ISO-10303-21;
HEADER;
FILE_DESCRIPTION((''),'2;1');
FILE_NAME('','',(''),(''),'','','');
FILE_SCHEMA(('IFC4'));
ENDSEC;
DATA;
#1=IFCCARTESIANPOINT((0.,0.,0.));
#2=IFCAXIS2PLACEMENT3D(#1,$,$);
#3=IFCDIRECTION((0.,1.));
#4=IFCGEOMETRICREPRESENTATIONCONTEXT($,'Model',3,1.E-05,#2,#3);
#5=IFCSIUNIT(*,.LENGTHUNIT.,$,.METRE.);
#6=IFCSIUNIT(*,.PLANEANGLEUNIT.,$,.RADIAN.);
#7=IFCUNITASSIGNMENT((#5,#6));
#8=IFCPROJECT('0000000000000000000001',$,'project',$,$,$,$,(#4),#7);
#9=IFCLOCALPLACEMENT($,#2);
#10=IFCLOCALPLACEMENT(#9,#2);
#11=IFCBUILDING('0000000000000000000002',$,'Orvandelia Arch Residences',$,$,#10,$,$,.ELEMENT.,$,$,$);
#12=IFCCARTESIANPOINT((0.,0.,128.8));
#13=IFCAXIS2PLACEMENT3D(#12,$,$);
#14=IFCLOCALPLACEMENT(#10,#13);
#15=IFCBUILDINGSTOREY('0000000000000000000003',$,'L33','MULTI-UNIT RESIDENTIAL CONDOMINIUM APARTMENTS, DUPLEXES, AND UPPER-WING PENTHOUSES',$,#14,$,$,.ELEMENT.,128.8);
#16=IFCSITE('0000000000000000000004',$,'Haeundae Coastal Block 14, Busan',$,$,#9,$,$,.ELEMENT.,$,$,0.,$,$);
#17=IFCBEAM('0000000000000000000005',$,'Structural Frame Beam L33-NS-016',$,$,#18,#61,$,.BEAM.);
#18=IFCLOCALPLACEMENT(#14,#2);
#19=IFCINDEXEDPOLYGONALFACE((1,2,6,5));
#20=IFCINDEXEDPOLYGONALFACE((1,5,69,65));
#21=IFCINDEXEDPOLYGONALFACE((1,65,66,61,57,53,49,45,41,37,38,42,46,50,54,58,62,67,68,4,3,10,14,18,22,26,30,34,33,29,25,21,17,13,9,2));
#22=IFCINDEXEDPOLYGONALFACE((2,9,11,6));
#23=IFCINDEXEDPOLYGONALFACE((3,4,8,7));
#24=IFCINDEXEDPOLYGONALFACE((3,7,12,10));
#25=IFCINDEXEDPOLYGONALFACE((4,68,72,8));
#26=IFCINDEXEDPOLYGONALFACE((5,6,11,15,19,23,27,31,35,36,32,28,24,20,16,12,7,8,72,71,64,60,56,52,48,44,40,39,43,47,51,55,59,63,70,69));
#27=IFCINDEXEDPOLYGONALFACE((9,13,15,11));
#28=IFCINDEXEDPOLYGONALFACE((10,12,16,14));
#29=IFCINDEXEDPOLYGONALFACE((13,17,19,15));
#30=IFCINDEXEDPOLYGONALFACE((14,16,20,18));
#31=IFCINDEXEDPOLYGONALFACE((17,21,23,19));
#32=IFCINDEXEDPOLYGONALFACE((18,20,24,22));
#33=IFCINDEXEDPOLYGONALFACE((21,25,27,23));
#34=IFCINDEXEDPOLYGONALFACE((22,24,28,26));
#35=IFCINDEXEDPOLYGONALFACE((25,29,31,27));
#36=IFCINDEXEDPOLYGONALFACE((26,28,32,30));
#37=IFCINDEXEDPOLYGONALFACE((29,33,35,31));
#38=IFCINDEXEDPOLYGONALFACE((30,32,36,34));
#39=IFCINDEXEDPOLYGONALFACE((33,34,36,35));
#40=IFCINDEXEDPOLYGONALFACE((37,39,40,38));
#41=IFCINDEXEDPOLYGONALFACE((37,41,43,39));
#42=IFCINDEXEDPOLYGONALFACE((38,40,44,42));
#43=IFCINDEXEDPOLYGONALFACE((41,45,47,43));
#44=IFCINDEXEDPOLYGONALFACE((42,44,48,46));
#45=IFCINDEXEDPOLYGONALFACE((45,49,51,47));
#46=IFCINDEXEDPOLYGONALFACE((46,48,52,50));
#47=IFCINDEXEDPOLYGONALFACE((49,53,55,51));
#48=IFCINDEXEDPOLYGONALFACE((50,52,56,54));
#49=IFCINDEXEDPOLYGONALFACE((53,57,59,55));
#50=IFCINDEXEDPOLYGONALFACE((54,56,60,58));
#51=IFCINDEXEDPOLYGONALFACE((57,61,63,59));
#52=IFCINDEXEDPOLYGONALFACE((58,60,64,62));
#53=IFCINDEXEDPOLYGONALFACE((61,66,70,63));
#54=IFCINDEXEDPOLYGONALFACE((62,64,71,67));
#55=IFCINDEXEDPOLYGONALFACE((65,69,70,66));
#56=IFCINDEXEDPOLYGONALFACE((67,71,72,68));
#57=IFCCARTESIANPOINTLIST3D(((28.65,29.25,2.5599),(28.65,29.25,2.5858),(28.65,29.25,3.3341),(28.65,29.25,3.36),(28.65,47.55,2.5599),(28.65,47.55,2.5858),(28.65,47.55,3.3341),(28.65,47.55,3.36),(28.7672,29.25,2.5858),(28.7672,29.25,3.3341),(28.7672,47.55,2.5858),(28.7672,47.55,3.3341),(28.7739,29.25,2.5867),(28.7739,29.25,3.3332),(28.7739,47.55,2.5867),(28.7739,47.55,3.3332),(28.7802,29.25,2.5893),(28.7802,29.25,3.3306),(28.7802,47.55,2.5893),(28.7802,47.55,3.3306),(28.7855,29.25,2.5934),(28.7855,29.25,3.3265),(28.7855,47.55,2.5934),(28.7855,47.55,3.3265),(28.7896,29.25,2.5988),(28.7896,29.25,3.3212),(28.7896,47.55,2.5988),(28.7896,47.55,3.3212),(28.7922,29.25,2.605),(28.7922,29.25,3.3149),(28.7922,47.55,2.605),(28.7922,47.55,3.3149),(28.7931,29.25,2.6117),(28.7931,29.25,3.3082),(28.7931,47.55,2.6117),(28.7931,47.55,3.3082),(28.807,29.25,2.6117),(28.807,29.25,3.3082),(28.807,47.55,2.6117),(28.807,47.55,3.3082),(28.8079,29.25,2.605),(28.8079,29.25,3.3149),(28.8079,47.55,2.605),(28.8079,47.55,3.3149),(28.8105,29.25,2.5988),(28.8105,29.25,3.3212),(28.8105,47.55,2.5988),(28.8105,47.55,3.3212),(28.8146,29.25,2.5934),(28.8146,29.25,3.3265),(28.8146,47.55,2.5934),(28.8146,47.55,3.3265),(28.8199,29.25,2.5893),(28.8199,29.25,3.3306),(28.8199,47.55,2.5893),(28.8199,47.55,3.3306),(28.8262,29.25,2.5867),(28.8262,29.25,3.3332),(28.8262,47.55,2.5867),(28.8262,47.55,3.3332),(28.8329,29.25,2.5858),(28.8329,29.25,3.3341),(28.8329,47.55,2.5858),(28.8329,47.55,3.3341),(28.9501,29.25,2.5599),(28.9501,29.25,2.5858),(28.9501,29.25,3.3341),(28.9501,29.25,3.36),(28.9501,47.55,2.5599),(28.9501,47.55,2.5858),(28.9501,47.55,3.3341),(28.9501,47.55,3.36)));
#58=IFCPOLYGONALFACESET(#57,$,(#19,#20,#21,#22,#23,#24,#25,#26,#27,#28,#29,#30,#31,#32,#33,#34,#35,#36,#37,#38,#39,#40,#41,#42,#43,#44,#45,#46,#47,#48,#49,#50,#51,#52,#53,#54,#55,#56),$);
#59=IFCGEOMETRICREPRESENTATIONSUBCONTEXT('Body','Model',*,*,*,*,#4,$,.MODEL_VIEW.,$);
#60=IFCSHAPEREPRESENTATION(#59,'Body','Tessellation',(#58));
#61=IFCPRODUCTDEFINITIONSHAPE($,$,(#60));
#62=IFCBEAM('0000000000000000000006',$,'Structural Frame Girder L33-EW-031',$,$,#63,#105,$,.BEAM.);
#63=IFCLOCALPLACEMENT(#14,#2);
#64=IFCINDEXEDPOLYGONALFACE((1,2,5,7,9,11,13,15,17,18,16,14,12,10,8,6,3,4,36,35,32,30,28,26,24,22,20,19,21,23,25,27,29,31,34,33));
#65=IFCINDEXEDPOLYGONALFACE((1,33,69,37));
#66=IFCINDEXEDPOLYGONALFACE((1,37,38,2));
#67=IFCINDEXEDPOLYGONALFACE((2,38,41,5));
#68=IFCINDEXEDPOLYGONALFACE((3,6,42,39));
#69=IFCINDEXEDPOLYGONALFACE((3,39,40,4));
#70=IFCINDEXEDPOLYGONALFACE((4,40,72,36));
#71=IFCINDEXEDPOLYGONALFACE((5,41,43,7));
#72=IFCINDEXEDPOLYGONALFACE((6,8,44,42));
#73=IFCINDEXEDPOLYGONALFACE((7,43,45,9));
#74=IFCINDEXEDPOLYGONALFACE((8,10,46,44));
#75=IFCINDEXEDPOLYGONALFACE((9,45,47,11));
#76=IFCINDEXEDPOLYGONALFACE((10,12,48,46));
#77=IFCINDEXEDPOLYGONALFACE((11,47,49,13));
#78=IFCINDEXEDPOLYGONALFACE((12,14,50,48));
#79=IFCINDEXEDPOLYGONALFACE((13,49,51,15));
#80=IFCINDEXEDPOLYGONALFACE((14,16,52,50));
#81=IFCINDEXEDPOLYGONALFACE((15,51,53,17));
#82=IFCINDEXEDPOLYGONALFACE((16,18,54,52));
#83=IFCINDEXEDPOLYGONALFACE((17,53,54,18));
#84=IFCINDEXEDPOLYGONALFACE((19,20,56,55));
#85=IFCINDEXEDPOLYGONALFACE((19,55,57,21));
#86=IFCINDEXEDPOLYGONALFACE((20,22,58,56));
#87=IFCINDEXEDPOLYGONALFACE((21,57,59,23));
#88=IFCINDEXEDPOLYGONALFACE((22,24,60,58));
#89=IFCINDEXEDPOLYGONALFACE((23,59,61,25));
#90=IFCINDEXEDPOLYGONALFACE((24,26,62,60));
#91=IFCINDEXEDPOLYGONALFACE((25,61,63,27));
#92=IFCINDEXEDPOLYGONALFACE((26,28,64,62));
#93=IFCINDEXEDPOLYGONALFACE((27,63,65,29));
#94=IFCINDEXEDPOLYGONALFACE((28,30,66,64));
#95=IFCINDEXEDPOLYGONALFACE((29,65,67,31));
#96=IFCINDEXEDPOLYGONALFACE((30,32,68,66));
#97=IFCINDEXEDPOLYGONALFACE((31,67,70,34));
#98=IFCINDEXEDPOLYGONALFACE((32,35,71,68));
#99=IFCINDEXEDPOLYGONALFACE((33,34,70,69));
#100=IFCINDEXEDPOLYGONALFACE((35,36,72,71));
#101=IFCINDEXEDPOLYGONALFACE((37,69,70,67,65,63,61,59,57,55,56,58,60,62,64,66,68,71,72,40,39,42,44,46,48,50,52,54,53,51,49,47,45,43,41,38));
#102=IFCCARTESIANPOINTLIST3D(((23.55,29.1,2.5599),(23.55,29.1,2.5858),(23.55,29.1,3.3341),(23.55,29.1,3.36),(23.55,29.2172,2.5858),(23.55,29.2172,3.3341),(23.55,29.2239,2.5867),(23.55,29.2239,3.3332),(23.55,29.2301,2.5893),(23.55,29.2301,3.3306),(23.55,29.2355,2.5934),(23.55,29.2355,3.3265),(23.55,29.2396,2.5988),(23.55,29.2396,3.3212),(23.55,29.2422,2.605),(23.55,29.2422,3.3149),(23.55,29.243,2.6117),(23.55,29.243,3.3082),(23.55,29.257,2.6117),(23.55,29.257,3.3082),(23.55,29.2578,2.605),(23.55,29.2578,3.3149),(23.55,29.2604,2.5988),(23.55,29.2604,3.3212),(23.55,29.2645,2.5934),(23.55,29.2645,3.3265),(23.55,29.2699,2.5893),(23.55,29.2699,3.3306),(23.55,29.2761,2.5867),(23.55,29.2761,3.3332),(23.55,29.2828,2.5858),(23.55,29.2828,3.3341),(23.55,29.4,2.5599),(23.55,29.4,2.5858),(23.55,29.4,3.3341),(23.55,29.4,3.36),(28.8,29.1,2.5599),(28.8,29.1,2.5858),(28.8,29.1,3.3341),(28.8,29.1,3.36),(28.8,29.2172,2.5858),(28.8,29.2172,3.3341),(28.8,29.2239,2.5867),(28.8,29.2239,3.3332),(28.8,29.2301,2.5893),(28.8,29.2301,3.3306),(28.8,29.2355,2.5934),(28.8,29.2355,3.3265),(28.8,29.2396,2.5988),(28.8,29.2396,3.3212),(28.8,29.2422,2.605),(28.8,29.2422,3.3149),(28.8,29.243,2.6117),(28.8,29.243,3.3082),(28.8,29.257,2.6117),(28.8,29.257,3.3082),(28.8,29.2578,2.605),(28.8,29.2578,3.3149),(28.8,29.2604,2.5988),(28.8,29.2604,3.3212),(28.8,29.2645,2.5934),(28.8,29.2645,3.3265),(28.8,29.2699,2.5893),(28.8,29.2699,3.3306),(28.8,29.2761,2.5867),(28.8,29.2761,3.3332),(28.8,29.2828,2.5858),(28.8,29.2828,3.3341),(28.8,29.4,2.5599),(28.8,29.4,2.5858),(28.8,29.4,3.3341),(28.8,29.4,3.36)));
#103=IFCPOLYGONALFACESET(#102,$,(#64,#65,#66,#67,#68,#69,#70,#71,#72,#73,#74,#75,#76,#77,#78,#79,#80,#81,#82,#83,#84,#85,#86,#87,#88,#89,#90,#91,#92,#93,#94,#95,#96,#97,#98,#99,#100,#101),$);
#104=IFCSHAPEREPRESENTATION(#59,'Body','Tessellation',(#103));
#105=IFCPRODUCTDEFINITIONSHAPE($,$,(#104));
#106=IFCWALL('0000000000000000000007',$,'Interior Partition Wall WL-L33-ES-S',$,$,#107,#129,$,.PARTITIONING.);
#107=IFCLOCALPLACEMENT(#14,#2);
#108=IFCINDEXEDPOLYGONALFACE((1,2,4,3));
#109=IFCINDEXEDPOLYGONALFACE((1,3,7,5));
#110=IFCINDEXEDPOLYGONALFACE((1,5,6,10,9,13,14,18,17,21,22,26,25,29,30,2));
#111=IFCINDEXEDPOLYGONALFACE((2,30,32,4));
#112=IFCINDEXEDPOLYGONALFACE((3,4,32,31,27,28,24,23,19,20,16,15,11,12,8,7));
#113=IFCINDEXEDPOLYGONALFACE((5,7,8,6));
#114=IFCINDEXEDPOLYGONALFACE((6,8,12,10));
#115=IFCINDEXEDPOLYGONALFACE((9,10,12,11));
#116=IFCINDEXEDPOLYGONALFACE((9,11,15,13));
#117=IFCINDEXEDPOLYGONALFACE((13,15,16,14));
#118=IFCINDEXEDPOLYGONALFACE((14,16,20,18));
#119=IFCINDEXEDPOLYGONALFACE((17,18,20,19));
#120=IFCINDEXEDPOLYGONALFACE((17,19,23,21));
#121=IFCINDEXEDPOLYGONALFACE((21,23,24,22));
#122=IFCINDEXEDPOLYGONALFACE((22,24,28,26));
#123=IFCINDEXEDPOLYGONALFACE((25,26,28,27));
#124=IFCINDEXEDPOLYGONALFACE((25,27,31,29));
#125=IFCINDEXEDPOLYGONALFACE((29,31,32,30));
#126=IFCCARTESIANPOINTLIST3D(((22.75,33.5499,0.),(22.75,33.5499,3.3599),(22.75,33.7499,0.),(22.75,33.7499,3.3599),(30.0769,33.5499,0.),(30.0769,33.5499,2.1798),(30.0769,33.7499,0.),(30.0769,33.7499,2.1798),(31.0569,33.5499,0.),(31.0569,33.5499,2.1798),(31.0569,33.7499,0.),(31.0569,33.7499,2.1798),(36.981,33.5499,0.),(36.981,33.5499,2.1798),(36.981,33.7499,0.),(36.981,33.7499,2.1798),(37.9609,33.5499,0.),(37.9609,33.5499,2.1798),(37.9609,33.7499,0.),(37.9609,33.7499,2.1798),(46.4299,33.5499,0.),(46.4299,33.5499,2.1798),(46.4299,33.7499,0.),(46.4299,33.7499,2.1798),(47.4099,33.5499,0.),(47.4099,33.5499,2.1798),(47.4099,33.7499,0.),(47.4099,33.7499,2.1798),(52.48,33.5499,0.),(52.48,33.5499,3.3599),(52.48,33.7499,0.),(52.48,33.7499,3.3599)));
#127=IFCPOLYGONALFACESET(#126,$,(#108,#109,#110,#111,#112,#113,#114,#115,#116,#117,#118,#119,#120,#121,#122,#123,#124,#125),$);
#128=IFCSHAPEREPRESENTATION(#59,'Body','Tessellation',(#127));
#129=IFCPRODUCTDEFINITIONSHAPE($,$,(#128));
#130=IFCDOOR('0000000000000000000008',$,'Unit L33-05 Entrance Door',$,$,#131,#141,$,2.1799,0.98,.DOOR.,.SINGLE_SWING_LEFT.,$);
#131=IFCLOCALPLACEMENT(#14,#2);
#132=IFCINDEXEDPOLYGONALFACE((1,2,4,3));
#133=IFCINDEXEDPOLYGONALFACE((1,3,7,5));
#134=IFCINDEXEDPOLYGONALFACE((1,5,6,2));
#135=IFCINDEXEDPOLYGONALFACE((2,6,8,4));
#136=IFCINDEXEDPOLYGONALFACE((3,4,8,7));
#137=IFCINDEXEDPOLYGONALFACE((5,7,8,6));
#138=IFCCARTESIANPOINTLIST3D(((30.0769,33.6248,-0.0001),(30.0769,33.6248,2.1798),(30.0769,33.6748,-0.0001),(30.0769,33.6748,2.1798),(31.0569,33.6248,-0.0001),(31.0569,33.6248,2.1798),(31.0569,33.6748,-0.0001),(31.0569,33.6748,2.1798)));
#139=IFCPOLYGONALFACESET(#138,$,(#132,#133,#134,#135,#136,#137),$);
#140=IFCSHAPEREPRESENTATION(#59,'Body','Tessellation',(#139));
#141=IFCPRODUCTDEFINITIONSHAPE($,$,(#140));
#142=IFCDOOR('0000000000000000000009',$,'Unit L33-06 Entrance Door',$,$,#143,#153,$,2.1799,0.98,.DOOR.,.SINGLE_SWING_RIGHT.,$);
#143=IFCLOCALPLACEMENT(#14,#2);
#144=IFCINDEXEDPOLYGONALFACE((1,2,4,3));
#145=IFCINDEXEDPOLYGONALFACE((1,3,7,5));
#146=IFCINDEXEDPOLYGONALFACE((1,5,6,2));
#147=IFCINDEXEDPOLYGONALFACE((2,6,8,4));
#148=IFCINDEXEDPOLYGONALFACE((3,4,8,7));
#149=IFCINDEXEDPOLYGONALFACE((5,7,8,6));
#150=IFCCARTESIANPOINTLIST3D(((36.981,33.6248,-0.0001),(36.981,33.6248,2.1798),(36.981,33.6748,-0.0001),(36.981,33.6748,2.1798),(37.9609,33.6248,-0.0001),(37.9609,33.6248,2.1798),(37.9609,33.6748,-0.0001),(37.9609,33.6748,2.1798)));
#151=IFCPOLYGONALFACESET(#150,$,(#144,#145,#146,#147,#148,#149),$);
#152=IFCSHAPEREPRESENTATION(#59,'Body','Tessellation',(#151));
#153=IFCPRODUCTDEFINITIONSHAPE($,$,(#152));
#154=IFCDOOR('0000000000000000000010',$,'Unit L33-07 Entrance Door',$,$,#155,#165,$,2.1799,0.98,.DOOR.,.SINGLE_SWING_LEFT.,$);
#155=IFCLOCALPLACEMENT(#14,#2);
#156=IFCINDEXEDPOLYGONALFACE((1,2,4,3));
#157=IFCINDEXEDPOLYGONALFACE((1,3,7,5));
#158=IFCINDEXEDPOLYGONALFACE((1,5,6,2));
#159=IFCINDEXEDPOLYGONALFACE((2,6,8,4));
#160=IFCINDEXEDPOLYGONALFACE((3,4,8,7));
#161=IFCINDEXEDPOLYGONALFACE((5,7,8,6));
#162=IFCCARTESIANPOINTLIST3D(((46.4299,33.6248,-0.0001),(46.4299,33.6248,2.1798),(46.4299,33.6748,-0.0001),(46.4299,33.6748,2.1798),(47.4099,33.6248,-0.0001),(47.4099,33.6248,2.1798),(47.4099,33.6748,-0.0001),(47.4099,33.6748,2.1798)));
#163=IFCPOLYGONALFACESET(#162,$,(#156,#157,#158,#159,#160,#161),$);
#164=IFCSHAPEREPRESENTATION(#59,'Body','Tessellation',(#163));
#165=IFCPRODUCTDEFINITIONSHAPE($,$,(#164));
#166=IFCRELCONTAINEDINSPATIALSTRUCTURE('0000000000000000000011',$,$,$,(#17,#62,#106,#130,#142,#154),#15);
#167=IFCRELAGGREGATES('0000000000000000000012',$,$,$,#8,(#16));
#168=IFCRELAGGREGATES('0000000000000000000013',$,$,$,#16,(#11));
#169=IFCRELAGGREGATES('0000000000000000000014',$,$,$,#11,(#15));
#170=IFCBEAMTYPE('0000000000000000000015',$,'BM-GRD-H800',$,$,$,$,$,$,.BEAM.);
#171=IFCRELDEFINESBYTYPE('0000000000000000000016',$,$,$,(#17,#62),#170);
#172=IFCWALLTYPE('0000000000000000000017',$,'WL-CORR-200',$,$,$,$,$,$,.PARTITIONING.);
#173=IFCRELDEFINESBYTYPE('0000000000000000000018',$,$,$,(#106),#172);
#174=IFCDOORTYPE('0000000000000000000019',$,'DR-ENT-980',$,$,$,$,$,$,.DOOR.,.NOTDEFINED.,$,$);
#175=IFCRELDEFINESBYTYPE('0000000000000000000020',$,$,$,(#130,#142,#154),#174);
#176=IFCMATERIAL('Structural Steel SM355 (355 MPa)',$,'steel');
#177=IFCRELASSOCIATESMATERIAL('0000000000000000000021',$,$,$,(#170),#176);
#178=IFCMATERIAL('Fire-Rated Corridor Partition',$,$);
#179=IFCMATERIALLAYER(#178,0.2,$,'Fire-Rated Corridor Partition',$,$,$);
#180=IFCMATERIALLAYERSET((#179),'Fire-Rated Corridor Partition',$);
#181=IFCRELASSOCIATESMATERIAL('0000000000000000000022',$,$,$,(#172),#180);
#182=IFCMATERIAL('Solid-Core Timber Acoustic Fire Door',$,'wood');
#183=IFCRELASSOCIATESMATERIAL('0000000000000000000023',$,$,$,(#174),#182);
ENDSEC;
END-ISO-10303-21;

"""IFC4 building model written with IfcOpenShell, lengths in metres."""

from ifc_helpers import new_model, si_unit, direction, frame, frame_2d, origin, origin_2d, place, context, subcontext, project, spatial, rectangle, i_section, extrude, material, layer, layer_set, material_profile, profile_set, type_object, element, fill, save


model = new_model("IFC4")

# Units and contexts
model_context = context("Model", 3, precision=1e-05, world=origin(), true_north=direction((0.0, 1.0)))
body_context = subcontext(model_context, "Body", "Model", "MODEL_VIEW")
ifc_project = project(units=[si_unit("LENGTHUNIT", "METRE"), si_unit("PLANEANGLEUNIT", "RADIAN")], contexts=[model_context])

# Site, building, storey
site_placement = place(None, origin())
site = spatial("IfcSite", under=ifc_project, at=site_placement, Name="Haeundae Coastal Block 14, Busan", CompositionType="ELEMENT", RefElevation=0.0)
building_placement = place(site_placement, origin())
building = spatial("IfcBuilding", under=site, at=building_placement, Name="Orvandelia Arch Residences", CompositionType="ELEMENT")
storey_placement = place(building_placement, frame((0.0, 0.0, 128.8)))
storey = spatial("IfcBuildingStorey", under=building, at=storey_placement, Name="L33", Description="MULTI-UNIT RESIDENTIAL CONDOMINIUM APARTMENTS, DUPLEXES, AND UPPER-WING PENTHOUSES", CompositionType="ELEMENT", Elevation=128.8)

# Beams
ifc_material_1 = material(Name="Structural Steel SM355 (355 MPa)", Category="steel")
ifc_material_profile_1 = material_profile(ifc_material_1, i_section(OverallWidth=0.3, OverallDepth=0.8, WebThickness=0.0139, FlangeThickness=0.0259, FilletRadius=0.0259, at=origin_2d()), Name="Structural Steel SM355 (355 MPa)", Category="steel")
ifc_profile_set_1 = profile_set([ifc_material_profile_1], Name="Structural Steel SM355 (355 MPa)")
beam_type = type_object("IfcBeamType", Name="BM-GRD-H800", PredefinedType="BEAM", material=ifc_profile_set_1)
beam_1_placement = place(storey_placement, frame((28.8, 29.25, 2.96), z_axis=(0.0, 1.0, 0.0), x_axis=(-1.0, 0.0, 0.0)))
element("IfcBeam", 1, at=beam_1_placement, inside=storey, type_object=beam_type, Name="Structural Frame Beam L33-NS-016", PredefinedType="BEAM", context=body_context, shape_type="SweptSolid", body=[
    extrude(i_section(OverallWidth=0.3, OverallDepth=0.8, WebThickness=0.0139, FlangeThickness=0.0259, FilletRadius=0.0259, at=origin_2d()), origin(), (0.0, 0.0, 1.0), 18.3),
])
beam_2_placement = place(storey_placement, frame((23.55, 29.25, 2.96), z_axis=(1.0, 0.0, 0.0), x_axis=(0.0, 1.0, 0.0)))
element("IfcBeam", 2, at=beam_2_placement, inside=storey, type_object=beam_type, Name="Structural Frame Girder L33-EW-031", PredefinedType="BEAM", context=body_context, shape_type="SweptSolid", body=[
    extrude(i_section(OverallWidth=0.3, OverallDepth=0.8, WebThickness=0.0139, FlangeThickness=0.0259, FilletRadius=0.0259, at=origin_2d()), origin(), (0.0, 0.0, 1.0), 5.25),
])

# Wall, openings, doors
ifc_material_2 = material(Name="Fire-Rated Corridor Partition")
ifc_layer_1 = layer(ifc_material_2, 0.2, Name="Fire-Rated Corridor Partition")
ifc_layer_set_1 = layer_set([ifc_layer_1], Name="Fire-Rated Corridor Partition")
wall_type_1 = type_object("IfcWallType", Name="WL-CORR-200", PredefinedType="PARTITIONING", material=ifc_layer_set_1)
wall_1_placement = place(storey_placement, frame((22.75, 33.6499, 0.0), z_axis=(0.0, 0.0, 1.0), x_axis=(1.0, 0.0, 0.0)))
wall_1 = element("IfcWall", 3, at=wall_1_placement, inside=storey, type_object=wall_type_1, Name="Interior Partition Wall WL-L33-ES-S", PredefinedType="PARTITIONING", context=body_context, shape_type="SweptSolid", body=[
    extrude(rectangle(XDim=29.73, YDim=0.2, at=frame_2d((14.865, 0.0))), origin(), (0.0, 0.0, 1.0), 3.3599),
])
opening_1_placement = place(wall_1_placement, frame((7.3269, 0.0, 0.0)))
opening_1 = element("IfcOpeningElement", 4, at=opening_1_placement, cuts=wall_1, PredefinedType="OPENING", context=body_context, shape_type="SweptSolid", body=[
    extrude(rectangle(XDim=0.98, YDim=2.1799, at=frame_2d((0.49, 1.0898))), frame((0.0, 0.1099, 0.0), z_axis=(0.0, -1.0, 0.0), x_axis=(1.0, 0.0, 0.0)), (0.0, 0.0, 1.0), 0.22),
])
opening_2_placement = place(wall_1_placement, frame((14.231, 0.0, 0.0)))
opening_2 = element("IfcOpeningElement", 5, at=opening_2_placement, cuts=wall_1, PredefinedType="OPENING", context=body_context, shape_type="SweptSolid", body=[
    extrude(rectangle(XDim=0.98, YDim=2.1799, at=frame_2d((0.49, 1.0898))), frame((0.0, 0.1099, 0.0), z_axis=(0.0, -1.0, 0.0), x_axis=(1.0, 0.0, 0.0)), (0.0, 0.0, 1.0), 0.22),
])
opening_3_placement = place(wall_1_placement, frame((23.6799, 0.0, 0.0)))
opening_3 = element("IfcOpeningElement", 6, at=opening_3_placement, cuts=wall_1, PredefinedType="OPENING", context=body_context, shape_type="SweptSolid", body=[
    extrude(rectangle(XDim=0.98, YDim=2.1799, at=frame_2d((0.49, 1.0898))), frame((0.0, 0.1099, 0.0), z_axis=(0.0, -1.0, 0.0), x_axis=(1.0, 0.0, 0.0)), (0.0, 0.0, 1.0), 0.22),
])
ifc_material_3 = material(Name="Solid-Core Timber Acoustic Fire Door", Category="wood")
door_type_1 = type_object("IfcDoorType", Name="DR-ENT-980", OperationType="NOTDEFINED", PredefinedType="DOOR", material=ifc_material_3)
door_1_placement = place(opening_1_placement, origin())
door_1 = element("IfcDoor", 7, at=door_1_placement, inside=storey, type_object=door_type_1, Name="Unit L33-05 Entrance Door", OperationType="SINGLE_SWING_LEFT", OverallHeight=2.1799, OverallWidth=0.98, PredefinedType="DOOR", context=body_context, shape_type="SweptSolid", body=[
    extrude(rectangle(XDim=0.98, YDim=2.1799, at=frame_2d((0.49, 1.0898))), frame((0.0, 0.0249, 0.0), z_axis=(0.0, -1.0, 0.0), x_axis=(1.0, 0.0, 0.0)), (0.0, 0.0, 1.0), 0.05),
])
fill(opening_1, door_1)
door_2_placement = place(opening_2_placement, origin())
door_2 = element("IfcDoor", 8, at=door_2_placement, inside=storey, type_object=door_type_1, Name="Unit L33-06 Entrance Door", OperationType="SINGLE_SWING_RIGHT", OverallHeight=2.1799, OverallWidth=0.98, PredefinedType="DOOR", context=body_context, shape_type="SweptSolid", body=[
    extrude(rectangle(XDim=0.98, YDim=2.1799, at=frame_2d((0.49, 1.0898))), frame((0.0, 0.0249, 0.0), z_axis=(0.0, -1.0, 0.0), x_axis=(1.0, 0.0, 0.0)), (0.0, 0.0, 1.0), 0.05),
])
fill(opening_2, door_2)
door_3_placement = place(opening_3_placement, origin())
door_3 = element("IfcDoor", 9, at=door_3_placement, inside=storey, type_object=door_type_1, Name="Unit L33-07 Entrance Door", OperationType="SINGLE_SWING_LEFT", OverallHeight=2.1799, OverallWidth=0.98, PredefinedType="DOOR", context=body_context, shape_type="SweptSolid", body=[
    extrude(rectangle(XDim=0.98, YDim=2.1799, at=frame_2d((0.49, 1.0898))), frame((0.0, 0.0249, 0.0), z_axis=(0.0, -1.0, 0.0), x_axis=(1.0, 0.0, 0.0)), (0.0, 0.0, 1.0), 0.05),
])
fill(opening_3, door_3)

save(model, "model.ifc")
